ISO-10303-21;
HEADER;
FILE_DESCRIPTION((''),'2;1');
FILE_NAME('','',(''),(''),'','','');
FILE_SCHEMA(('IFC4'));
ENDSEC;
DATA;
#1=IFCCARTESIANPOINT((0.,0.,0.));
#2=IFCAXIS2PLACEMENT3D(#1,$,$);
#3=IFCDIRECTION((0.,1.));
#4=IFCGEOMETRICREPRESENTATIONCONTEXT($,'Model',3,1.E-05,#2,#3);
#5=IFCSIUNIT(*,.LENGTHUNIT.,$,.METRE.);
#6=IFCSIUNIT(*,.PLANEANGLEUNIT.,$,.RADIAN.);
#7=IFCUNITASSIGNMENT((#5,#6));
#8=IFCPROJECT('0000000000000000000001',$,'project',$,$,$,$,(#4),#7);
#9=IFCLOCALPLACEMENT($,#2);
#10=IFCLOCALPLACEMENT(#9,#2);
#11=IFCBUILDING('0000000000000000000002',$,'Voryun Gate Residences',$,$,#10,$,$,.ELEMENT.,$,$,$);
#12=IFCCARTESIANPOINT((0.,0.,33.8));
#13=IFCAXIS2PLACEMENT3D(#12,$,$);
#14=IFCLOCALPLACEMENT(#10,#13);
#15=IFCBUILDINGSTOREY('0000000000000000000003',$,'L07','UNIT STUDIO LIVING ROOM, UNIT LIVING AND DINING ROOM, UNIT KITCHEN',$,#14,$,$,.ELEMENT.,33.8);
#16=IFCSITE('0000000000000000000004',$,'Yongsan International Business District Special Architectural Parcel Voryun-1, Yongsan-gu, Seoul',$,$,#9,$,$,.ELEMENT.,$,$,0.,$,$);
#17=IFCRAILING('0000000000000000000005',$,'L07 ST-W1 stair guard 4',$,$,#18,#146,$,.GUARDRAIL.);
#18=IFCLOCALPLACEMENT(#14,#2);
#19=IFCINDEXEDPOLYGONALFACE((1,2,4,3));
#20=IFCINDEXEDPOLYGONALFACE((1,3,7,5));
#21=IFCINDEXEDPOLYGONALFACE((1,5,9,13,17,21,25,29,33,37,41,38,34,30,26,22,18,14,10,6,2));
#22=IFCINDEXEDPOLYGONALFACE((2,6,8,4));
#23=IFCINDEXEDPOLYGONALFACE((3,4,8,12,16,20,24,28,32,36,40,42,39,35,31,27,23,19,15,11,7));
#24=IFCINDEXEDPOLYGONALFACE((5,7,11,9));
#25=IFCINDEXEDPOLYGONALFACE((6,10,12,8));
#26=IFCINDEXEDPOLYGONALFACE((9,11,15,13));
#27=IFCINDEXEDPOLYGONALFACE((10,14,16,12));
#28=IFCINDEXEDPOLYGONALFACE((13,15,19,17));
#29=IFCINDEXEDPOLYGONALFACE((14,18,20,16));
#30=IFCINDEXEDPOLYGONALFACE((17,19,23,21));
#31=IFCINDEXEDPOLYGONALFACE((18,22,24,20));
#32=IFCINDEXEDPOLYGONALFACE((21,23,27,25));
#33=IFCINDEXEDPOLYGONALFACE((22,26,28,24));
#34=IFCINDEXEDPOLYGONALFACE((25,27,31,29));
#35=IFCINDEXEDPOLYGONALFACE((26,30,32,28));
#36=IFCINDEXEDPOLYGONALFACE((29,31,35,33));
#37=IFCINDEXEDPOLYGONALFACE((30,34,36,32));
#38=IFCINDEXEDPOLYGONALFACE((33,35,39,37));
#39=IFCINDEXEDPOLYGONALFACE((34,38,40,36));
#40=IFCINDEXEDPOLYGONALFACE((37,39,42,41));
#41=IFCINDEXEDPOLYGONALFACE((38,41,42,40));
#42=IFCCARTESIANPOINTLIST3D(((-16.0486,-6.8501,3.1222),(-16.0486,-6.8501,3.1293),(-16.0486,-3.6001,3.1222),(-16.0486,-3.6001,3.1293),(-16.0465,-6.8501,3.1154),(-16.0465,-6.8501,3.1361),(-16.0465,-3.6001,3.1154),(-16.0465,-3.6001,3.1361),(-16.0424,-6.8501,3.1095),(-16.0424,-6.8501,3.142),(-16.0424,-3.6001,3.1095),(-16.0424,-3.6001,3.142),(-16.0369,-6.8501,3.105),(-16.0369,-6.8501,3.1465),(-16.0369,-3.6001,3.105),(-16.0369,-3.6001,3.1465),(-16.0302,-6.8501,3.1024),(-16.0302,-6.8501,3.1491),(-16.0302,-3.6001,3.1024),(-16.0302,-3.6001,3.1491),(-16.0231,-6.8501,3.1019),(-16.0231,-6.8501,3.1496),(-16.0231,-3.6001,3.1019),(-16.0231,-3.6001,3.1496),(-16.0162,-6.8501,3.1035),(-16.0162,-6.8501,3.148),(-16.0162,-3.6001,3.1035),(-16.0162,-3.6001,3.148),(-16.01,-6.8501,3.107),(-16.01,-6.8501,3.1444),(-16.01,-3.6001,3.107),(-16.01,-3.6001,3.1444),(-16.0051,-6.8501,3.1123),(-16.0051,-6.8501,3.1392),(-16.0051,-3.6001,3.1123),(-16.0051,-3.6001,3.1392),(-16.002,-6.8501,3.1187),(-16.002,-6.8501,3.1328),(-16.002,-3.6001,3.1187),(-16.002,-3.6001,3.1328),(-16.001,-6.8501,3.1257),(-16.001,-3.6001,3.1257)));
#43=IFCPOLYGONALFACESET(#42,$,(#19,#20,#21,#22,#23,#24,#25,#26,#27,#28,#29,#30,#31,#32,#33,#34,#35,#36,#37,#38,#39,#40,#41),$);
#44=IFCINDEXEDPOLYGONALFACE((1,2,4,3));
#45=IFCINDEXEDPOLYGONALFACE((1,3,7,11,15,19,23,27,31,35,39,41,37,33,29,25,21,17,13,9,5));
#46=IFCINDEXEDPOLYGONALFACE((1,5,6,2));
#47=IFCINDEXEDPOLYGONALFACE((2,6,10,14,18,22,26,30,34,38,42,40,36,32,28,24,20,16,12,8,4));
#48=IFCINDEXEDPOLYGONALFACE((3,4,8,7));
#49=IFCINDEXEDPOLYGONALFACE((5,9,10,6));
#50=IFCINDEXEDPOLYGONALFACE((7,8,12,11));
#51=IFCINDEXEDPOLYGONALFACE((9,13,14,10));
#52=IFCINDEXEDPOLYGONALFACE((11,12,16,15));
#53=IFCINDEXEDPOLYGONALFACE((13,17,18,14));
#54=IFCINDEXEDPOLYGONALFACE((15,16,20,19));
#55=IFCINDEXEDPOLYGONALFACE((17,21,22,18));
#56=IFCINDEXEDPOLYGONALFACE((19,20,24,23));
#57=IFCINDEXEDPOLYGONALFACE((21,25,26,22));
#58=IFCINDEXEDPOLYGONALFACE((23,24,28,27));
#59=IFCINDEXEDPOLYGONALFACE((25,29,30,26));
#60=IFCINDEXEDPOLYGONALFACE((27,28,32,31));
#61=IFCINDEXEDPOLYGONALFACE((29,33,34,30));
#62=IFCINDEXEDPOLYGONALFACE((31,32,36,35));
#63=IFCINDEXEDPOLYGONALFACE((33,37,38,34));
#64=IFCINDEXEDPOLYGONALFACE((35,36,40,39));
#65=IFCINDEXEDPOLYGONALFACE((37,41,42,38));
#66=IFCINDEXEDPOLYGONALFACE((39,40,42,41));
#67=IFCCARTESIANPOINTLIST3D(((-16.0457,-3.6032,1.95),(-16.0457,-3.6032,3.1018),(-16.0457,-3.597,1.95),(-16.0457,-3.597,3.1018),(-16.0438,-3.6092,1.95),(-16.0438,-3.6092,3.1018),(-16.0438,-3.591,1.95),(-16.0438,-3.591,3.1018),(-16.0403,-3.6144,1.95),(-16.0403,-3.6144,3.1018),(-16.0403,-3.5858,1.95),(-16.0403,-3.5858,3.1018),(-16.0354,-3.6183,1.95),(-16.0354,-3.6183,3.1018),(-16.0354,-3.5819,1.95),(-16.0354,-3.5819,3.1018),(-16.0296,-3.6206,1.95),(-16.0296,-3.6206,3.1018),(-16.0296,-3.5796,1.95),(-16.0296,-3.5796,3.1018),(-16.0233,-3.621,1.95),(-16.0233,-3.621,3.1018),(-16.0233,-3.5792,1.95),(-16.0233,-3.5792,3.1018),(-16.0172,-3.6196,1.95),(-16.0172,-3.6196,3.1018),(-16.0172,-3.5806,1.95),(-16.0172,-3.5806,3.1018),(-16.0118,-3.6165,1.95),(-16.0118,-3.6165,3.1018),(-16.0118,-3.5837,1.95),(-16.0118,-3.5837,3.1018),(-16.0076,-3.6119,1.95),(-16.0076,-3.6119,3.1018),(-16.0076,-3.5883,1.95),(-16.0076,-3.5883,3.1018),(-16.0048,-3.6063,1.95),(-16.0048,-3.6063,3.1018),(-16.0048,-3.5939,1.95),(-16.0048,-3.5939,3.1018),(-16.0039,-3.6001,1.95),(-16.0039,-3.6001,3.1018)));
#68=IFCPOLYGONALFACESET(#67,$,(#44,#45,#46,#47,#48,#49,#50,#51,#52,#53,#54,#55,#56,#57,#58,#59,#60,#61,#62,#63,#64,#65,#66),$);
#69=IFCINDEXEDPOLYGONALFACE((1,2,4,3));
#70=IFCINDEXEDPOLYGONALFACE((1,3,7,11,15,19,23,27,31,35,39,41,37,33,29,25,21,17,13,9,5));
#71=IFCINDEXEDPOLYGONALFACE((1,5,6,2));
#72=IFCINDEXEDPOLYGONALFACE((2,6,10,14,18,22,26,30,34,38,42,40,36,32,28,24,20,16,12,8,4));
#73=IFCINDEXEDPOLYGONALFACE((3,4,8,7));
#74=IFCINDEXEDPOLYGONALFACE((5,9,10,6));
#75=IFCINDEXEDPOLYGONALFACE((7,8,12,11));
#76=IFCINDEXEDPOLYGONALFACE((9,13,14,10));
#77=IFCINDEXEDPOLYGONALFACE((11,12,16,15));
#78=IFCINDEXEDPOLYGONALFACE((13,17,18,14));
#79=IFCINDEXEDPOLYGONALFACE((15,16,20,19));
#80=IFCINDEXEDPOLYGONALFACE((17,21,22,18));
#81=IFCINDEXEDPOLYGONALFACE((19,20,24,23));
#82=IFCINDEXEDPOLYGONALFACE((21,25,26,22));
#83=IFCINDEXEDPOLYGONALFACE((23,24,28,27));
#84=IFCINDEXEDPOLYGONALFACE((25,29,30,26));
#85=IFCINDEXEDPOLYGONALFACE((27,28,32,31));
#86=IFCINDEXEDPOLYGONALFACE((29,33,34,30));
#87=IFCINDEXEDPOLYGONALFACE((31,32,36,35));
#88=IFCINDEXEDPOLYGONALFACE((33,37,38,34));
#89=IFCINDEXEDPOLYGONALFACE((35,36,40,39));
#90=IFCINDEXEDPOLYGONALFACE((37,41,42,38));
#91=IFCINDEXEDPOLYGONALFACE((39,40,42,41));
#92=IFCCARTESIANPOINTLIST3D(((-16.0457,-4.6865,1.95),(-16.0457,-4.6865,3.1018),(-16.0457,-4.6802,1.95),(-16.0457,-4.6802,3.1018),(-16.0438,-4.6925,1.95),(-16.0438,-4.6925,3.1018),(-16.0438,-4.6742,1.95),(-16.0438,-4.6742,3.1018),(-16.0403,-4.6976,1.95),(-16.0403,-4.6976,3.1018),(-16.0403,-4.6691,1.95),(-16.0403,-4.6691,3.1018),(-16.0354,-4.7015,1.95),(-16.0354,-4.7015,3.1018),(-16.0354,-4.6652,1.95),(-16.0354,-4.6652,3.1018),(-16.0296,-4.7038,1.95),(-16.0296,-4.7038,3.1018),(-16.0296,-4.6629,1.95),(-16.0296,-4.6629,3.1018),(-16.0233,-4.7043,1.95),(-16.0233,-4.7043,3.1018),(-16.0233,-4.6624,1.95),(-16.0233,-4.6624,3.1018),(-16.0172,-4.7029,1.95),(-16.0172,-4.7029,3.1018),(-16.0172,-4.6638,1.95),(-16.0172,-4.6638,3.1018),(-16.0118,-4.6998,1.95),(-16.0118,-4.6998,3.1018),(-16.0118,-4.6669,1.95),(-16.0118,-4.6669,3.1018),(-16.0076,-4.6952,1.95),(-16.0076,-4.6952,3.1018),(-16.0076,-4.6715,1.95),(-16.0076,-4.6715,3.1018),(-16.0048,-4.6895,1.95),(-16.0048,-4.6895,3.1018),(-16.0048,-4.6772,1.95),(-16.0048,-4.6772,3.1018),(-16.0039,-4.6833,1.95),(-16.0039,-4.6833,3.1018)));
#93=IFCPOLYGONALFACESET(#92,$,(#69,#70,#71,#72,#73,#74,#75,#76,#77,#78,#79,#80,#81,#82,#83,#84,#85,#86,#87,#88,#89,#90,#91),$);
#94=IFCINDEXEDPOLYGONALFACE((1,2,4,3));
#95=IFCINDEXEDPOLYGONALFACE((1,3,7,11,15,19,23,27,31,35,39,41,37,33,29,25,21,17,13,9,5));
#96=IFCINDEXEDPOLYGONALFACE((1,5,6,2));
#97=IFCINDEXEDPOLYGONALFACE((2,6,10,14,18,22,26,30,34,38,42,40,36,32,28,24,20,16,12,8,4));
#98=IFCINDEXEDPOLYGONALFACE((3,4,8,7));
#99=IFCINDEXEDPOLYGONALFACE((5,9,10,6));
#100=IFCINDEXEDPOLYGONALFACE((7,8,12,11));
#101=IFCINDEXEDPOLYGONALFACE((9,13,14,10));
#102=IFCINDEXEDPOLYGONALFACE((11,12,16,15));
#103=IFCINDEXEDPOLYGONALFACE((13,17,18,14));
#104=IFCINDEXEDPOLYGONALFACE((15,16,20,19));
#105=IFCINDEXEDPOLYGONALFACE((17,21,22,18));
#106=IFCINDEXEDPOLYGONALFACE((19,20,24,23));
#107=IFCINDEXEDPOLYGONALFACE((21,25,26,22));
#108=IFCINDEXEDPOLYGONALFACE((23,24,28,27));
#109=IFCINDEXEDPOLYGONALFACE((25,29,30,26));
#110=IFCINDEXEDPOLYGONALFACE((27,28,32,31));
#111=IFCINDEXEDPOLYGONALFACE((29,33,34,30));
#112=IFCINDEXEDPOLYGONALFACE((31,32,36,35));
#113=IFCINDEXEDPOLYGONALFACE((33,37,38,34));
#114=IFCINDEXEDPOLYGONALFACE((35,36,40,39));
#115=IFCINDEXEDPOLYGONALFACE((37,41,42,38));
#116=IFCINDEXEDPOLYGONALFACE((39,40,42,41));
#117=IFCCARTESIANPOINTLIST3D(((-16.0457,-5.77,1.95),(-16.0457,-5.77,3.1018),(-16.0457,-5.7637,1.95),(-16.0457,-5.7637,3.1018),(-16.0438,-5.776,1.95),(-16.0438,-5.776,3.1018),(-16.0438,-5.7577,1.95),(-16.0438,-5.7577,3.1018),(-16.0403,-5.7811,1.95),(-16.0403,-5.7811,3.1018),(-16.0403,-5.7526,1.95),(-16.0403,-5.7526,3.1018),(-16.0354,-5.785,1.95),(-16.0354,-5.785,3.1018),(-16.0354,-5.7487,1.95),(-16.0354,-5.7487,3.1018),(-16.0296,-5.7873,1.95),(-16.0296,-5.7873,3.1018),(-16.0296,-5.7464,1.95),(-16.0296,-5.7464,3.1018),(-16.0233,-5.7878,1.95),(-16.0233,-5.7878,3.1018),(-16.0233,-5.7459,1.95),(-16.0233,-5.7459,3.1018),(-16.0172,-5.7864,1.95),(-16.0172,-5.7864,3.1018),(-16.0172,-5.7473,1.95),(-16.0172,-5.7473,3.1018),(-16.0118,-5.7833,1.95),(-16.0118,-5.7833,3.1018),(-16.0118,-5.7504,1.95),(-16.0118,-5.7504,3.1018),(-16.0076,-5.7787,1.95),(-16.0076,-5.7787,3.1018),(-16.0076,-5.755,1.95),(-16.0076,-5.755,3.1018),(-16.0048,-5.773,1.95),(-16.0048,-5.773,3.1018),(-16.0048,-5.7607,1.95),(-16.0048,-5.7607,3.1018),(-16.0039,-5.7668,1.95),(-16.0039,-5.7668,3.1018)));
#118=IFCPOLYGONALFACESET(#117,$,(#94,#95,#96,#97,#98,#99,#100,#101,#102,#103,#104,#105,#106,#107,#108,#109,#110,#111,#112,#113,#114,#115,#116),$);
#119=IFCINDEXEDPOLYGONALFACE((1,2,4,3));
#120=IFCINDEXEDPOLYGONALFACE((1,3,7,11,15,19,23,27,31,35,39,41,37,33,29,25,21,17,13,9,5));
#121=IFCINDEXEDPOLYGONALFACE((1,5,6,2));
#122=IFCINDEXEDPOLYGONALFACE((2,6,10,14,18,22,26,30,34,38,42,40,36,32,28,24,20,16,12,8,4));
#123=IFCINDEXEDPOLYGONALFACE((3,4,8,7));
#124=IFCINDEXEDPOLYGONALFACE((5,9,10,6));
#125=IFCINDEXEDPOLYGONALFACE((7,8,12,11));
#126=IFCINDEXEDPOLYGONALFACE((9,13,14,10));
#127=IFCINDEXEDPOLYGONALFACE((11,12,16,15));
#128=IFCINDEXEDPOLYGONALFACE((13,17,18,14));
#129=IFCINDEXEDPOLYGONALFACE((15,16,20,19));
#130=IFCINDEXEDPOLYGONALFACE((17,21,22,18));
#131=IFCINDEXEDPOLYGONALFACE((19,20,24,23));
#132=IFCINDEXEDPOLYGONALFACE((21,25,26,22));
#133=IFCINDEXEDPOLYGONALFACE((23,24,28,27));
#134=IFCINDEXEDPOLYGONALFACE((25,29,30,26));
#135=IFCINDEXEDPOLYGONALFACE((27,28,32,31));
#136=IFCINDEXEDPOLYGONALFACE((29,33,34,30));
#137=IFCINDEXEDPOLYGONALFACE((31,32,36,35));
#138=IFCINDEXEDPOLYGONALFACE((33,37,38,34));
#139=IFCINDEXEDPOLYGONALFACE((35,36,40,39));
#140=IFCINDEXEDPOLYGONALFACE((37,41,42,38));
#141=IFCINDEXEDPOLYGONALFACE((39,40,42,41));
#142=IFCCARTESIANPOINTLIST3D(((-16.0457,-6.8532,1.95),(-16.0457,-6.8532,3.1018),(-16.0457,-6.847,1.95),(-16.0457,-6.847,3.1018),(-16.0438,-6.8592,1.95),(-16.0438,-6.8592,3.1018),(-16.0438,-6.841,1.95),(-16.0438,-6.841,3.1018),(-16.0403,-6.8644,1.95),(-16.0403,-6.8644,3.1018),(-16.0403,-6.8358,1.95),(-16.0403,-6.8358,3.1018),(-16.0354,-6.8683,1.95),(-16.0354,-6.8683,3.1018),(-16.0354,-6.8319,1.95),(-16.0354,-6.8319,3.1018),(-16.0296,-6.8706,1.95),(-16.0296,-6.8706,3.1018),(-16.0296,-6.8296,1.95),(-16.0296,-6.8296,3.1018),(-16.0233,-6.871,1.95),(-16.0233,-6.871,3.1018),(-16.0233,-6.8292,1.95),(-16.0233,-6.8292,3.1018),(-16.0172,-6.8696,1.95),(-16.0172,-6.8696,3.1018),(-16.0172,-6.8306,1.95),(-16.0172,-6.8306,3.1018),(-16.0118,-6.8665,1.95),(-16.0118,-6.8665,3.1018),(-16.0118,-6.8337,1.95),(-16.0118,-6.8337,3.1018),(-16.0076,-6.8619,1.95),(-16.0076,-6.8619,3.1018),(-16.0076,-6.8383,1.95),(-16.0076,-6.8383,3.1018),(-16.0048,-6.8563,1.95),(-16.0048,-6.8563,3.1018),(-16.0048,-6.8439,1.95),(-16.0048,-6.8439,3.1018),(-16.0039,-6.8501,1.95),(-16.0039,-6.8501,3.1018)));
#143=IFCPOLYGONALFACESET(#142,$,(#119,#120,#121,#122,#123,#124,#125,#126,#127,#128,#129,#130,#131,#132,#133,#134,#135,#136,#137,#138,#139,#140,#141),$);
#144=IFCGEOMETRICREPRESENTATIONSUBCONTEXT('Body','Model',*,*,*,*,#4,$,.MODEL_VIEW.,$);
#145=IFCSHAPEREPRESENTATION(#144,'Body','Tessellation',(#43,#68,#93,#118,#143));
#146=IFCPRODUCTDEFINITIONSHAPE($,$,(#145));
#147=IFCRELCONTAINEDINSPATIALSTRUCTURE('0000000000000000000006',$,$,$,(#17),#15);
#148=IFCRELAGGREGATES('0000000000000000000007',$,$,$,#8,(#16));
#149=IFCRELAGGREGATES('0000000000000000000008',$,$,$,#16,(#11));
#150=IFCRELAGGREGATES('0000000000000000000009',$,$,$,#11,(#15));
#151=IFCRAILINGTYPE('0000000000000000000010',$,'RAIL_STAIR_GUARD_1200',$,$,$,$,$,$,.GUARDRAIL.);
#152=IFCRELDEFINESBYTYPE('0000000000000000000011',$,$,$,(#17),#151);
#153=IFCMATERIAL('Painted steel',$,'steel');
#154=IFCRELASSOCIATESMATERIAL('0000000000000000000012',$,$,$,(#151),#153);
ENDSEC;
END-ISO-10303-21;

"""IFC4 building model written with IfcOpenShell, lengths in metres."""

from ifc_helpers import new_model, si_unit, direction, frame, origin, origin_2d, place, context, subcontext, project, spatial, circle, extrude, material, type_object, element, save


model = new_model("IFC4")

# Units and contexts
model_context = context("Model", 3, precision=1e-05, world=origin(), true_north=direction((0.0, 1.0)))
body_context = subcontext(model_context, "Body", "Model", "MODEL_VIEW")
ifc_project = project(units=[si_unit("LENGTHUNIT", "METRE"), si_unit("PLANEANGLEUNIT", "RADIAN")], contexts=[model_context])

# Site, building, storey
site_placement = place(None, origin())
site = spatial("IfcSite", under=ifc_project, at=site_placement, Name="Yongsan International Business District Special Architectural Parcel Voryun-1, Yongsan-gu, Seoul", CompositionType="ELEMENT", RefElevation=0.0)
building_placement = place(site_placement, origin())
building = spatial("IfcBuilding", under=site, at=building_placement, Name="Voryun Gate Residences", CompositionType="ELEMENT")
storey_placement = place(building_placement, frame((0.0, 0.0, 33.8)))
storey = spatial("IfcBuildingStorey", under=building, at=storey_placement, Name="L07", Description="UNIT STUDIO LIVING ROOM, UNIT LIVING AND DINING ROOM, UNIT KITCHEN", CompositionType="ELEMENT", Elevation=33.8)

# Railing
ifc_material_1 = material(Name="Painted steel", Category="steel")
railing_type_1 = type_object("IfcRailingType", Name="RAIL_STAIR_GUARD_1200", PredefinedType="GUARDRAIL", material=ifc_material_1)
for number, where, name in (
    (1, (-16.0249, -3.6001, 1.95), "L07 ST-W1 stair guard 4"),
):
    element("IfcRailing", number, at=place(storey_placement, frame(where)), inside=storey, type_object=railing_type_1, Name=name, PredefinedType="GUARDRAIL", context=body_context, shape_type="SweptSolid", body=[
        extrude(circle(Radius=0.0239, at=origin_2d()), frame((0.0, 0.0, 1.1758), z_axis=(0.0, -1.0, 0.0), x_axis=(1.0, 0.0, 0.0)), (0.0, 0.0, 1.0), 3.25),
        extrude(circle(Radius=0.021, at=origin_2d()), origin(), (0.0, 0.0, 1.0), 1.1519),
        extrude(circle(Radius=0.021, at=origin_2d()), frame((0.0, -1.0833, 0.0)), (0.0, 0.0, 1.0), 1.1519),
        extrude(circle(Radius=0.021, at=origin_2d()), frame((0.0, -2.1667, 0.0)), (0.0, 0.0, 1.0), 1.1519),
        extrude(circle(Radius=0.021, at=origin_2d()), frame((0.0, -3.25, 0.0)), (0.0, 0.0, 1.0), 1.1519),
    ])

save(model, "model.ifc")
